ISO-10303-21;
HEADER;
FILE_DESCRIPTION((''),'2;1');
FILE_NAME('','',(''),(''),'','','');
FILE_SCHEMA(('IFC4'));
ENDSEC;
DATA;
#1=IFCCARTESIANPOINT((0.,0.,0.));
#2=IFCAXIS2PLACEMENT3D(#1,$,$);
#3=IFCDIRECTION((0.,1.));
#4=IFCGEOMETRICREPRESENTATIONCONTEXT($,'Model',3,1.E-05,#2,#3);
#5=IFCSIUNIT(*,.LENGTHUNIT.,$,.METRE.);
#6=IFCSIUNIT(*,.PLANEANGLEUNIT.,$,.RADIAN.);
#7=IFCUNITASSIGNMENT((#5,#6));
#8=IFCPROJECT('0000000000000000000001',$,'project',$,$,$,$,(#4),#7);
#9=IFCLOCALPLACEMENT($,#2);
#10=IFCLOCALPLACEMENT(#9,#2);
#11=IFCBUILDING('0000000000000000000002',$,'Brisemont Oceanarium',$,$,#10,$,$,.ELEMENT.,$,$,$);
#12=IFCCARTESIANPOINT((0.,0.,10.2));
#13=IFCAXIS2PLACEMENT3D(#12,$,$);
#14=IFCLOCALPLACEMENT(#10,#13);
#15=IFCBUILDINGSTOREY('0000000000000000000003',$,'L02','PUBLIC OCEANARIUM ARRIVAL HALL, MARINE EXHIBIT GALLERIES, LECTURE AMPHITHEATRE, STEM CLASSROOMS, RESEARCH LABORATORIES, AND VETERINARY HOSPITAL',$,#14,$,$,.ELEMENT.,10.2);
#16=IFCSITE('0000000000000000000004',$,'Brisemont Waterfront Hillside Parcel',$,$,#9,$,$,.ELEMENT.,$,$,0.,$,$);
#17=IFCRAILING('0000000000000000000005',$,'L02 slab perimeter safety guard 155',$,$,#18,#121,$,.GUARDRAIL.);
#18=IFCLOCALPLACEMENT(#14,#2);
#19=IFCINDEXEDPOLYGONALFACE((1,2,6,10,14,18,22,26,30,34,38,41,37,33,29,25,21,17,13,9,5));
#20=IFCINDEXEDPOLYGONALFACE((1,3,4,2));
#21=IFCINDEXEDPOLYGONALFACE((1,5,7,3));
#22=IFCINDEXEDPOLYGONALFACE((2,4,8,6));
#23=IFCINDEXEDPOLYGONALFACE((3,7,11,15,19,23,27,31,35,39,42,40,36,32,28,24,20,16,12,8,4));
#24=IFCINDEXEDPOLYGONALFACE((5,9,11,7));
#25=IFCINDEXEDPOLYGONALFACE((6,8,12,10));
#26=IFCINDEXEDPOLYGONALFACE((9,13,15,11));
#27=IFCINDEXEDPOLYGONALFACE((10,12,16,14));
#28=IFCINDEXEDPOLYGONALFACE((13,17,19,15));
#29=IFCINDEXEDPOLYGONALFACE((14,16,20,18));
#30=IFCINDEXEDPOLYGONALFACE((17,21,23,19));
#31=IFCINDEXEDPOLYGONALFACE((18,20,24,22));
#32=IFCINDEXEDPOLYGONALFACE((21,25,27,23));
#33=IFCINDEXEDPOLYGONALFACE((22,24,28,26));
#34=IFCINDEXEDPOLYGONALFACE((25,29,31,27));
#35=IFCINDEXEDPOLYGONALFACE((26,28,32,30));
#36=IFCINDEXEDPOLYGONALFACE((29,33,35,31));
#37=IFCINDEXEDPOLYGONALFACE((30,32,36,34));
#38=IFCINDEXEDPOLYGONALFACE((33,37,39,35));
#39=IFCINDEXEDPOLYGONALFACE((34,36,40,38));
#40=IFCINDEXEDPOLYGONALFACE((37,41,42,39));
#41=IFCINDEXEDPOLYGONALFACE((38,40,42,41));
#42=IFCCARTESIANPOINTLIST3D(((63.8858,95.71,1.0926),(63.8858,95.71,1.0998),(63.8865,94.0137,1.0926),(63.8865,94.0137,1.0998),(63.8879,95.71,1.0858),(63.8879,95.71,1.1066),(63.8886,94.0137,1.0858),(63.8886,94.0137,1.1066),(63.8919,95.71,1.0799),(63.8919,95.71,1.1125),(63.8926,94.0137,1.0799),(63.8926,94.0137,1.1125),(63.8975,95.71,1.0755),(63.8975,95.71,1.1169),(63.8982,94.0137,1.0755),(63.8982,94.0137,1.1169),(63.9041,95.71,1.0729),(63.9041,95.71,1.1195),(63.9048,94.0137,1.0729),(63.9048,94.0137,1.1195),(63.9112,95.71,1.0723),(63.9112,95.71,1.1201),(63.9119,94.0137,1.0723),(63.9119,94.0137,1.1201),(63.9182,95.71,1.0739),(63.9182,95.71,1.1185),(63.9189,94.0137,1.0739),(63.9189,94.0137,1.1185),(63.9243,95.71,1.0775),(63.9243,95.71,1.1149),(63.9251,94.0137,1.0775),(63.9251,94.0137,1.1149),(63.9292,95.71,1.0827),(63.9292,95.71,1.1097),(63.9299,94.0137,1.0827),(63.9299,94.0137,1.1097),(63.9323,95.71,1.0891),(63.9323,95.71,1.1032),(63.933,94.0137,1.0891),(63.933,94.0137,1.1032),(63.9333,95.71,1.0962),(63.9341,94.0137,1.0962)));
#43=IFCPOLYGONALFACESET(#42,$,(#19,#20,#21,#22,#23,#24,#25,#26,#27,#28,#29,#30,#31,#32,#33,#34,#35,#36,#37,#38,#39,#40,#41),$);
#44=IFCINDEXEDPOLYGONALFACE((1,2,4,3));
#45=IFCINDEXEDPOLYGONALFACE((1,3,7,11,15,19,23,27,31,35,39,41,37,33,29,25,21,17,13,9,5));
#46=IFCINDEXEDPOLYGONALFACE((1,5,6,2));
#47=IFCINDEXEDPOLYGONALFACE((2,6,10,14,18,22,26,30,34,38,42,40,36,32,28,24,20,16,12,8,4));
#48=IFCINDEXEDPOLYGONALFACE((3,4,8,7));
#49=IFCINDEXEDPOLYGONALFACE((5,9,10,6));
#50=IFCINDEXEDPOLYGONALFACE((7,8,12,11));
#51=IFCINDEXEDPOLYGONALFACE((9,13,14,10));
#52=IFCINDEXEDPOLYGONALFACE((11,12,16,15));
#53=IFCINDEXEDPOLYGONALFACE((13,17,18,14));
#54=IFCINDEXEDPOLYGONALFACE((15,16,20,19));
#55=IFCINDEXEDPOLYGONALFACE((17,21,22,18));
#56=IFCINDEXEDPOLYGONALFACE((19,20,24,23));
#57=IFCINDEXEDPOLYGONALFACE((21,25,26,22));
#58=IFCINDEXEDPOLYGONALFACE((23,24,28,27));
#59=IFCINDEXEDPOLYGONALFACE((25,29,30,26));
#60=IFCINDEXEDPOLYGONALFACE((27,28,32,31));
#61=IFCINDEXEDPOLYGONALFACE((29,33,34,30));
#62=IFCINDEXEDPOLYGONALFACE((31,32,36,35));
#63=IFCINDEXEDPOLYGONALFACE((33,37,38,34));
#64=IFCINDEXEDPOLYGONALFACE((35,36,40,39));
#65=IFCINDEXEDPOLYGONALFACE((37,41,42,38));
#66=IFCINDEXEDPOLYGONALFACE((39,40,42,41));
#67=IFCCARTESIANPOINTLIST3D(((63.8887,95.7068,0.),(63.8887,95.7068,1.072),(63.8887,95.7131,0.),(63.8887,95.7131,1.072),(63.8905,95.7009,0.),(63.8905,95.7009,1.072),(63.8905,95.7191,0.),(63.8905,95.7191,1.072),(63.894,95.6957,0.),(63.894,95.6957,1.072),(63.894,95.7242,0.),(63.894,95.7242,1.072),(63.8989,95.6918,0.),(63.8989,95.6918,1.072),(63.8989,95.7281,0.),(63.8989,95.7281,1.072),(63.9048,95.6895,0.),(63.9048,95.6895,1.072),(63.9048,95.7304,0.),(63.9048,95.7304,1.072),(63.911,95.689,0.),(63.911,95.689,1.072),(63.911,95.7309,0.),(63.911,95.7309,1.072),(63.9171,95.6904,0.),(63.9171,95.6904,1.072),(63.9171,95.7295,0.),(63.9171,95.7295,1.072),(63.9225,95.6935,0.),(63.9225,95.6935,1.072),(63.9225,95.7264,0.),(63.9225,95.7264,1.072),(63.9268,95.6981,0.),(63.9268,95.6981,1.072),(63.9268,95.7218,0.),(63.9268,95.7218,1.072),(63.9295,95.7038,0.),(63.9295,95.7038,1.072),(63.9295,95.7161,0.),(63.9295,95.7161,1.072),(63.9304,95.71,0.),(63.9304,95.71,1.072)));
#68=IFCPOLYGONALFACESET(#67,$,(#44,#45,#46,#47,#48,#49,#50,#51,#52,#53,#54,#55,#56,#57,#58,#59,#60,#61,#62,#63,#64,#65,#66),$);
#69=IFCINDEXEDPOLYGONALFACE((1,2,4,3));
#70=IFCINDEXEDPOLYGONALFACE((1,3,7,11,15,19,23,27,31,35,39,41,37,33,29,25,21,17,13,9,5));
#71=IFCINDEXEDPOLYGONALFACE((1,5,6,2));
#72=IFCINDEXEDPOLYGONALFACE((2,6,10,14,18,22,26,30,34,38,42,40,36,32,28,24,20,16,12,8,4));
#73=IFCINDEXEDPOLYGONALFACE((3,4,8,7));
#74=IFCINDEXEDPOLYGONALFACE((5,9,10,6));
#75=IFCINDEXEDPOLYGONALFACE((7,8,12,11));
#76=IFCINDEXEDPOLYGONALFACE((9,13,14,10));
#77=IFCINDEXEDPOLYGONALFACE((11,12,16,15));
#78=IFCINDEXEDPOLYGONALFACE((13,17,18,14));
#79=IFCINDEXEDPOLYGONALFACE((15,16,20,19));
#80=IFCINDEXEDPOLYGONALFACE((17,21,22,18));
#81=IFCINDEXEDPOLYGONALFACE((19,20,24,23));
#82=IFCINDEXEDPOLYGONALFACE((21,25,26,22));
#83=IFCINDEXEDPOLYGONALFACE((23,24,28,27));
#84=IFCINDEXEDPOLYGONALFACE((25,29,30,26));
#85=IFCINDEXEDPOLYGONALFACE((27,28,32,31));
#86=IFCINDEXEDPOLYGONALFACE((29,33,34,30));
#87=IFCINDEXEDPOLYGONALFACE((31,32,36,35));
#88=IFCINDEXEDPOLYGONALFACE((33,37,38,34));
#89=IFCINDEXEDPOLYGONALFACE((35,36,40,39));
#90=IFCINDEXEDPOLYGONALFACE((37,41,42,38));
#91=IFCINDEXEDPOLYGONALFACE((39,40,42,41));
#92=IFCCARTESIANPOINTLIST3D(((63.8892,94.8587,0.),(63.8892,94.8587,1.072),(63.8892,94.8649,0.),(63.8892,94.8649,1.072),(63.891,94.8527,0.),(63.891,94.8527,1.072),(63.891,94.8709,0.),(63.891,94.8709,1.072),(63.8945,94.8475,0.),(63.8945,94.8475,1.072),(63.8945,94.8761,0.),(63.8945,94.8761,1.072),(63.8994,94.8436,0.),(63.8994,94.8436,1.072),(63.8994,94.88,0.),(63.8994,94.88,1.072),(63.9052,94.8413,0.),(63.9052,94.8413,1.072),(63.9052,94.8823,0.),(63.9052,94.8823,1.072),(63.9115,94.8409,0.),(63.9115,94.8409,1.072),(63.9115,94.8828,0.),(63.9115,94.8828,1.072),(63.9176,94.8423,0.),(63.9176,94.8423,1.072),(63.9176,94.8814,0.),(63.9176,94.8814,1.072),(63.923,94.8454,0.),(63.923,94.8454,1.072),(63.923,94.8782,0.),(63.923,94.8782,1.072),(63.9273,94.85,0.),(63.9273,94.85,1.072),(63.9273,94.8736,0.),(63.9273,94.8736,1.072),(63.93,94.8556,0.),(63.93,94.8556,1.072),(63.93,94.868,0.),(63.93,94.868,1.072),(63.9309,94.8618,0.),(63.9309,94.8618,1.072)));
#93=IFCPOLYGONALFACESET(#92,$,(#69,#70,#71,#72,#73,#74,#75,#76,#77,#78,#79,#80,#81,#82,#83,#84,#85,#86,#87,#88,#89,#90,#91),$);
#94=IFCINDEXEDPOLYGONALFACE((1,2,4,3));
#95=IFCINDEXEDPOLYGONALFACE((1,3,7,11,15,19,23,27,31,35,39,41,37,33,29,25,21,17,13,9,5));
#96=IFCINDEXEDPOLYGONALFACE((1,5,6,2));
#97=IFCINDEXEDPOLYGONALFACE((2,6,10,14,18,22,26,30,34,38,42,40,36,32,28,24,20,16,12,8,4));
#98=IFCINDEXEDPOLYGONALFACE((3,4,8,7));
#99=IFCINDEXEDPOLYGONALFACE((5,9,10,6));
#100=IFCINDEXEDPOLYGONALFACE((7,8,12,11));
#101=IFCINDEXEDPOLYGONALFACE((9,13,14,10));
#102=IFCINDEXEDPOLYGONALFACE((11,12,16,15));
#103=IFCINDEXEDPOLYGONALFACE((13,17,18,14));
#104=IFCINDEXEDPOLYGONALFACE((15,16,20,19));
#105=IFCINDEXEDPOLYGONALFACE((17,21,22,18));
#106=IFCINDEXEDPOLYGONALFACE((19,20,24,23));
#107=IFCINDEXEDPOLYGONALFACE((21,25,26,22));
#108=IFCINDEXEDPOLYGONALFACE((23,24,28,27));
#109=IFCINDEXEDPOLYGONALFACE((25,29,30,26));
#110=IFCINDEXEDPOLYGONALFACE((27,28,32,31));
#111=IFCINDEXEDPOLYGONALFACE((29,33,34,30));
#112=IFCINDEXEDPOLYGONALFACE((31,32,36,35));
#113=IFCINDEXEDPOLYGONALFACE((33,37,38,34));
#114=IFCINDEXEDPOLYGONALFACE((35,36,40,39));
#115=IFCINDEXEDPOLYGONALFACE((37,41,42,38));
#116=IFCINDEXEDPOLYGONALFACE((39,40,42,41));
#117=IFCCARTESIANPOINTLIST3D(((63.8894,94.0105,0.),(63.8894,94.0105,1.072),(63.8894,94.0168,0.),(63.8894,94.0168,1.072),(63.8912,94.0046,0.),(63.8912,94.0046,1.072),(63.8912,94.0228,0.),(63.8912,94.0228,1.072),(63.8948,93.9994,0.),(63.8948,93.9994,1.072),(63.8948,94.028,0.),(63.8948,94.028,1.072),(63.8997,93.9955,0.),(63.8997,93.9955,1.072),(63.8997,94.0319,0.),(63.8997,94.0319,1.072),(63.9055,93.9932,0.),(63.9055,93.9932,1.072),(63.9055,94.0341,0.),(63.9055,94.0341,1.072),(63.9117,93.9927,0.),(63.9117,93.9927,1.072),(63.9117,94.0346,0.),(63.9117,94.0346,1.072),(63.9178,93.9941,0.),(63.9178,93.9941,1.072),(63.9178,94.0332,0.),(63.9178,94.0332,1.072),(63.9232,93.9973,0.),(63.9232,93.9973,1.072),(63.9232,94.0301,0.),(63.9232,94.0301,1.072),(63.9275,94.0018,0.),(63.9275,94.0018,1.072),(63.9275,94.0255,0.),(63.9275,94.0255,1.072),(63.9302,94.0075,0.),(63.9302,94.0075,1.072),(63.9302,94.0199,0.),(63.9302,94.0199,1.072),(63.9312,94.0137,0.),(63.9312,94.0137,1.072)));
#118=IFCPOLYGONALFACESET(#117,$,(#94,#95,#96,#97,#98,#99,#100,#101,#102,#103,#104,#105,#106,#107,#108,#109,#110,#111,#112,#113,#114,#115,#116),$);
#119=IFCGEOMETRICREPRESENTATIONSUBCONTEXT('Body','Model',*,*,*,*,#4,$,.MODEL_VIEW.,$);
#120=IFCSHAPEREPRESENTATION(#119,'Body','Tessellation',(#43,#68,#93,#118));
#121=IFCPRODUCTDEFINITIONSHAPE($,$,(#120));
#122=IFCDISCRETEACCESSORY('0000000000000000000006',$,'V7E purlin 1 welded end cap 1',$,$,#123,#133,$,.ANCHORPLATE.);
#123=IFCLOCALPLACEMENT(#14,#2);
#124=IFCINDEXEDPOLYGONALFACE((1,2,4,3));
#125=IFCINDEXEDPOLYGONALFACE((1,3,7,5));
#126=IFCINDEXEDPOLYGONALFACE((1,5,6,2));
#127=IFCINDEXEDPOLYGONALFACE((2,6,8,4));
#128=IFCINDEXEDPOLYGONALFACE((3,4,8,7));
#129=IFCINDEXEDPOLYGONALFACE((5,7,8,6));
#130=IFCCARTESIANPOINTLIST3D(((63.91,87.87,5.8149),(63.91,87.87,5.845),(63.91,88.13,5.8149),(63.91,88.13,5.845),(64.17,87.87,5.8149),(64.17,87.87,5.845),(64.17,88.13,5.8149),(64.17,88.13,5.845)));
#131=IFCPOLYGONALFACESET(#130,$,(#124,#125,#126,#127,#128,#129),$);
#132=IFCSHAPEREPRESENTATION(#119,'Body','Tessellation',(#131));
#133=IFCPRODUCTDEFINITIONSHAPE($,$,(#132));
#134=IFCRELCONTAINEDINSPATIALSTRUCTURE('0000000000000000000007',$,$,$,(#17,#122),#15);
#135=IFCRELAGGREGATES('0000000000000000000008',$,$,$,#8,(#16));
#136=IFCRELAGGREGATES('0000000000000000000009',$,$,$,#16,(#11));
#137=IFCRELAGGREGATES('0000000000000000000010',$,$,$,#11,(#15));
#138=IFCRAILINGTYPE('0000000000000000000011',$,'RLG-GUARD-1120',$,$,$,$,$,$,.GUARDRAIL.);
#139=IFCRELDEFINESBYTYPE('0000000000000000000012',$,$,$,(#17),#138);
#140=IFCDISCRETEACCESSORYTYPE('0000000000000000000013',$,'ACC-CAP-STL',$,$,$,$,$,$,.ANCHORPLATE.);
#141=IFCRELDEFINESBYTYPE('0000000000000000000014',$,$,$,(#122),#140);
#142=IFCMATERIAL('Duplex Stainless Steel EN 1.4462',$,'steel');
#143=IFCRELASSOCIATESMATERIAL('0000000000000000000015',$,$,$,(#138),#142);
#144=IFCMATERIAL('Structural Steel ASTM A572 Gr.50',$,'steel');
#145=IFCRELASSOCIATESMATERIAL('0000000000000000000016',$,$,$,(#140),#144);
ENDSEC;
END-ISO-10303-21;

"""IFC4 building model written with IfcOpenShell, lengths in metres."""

from ifc_helpers import new_model, si_unit, direction, frame, origin, origin_2d, place, context, subcontext, project, spatial, rectangle, circle, extrude, material, type_object, element, save


model = new_model("IFC4")

# Units and contexts
model_context = context("Model", 3, precision=1e-05, world=origin(), true_north=direction((0.0, 1.0)))
body_context = subcontext(model_context, "Body", "Model", "MODEL_VIEW")
ifc_project = project(units=[si_unit("LENGTHUNIT", "METRE"), si_unit("PLANEANGLEUNIT", "RADIAN")], contexts=[model_context])

# Site, building, storey
site_placement = place(None, origin())
site = spatial("IfcSite", under=ifc_project, at=site_placement, Name="Brisemont Waterfront Hillside Parcel", CompositionType="ELEMENT", RefElevation=0.0)
building_placement = place(site_placement, origin())
building = spatial("IfcBuilding", under=site, at=building_placement, Name="Brisemont Oceanarium", CompositionType="ELEMENT")
storey_placement = place(building_placement, frame((0.0, 0.0, 10.2)))
storey = spatial("IfcBuildingStorey", under=building, at=storey_placement, Name="L02", Description="PUBLIC OCEANARIUM ARRIVAL HALL, MARINE EXHIBIT GALLERIES, LECTURE AMPHITHEATRE, STEM CLASSROOMS, RESEARCH LABORATORIES, AND VETERINARY HOSPITAL", CompositionType="ELEMENT", Elevation=10.2)

# Railing
ifc_material_1 = material(Name="Duplex Stainless Steel EN 1.4462", Category="steel")
railing_type = type_object("IfcRailingType", Name="RLG-GUARD-1120", PredefinedType="GUARDRAIL", material=ifc_material_1)
railing_1_placement = place(storey_placement, frame((63.9094, 95.71, 0.0)))
element("IfcRailing", 1, at=railing_1_placement, inside=storey, type_object=railing_type, Name="L02 slab perimeter safety guard 155", PredefinedType="GUARDRAIL", context=body_context, shape_type="SweptSolid", body=[
    extrude(circle(Radius=0.0239, at=origin_2d()), frame((0.0, 0.0, 1.0962), z_axis=(0.000432, -1.0, 0.0), x_axis=(1.0, 0.000432, 0.0)), (0.0, 0.0, 1.0), 1.6963),
    extrude(circle(Radius=0.021, at=origin_2d()), origin(), (0.0, 0.0, 1.0), 1.072),
    extrude(circle(Radius=0.021, at=origin_2d()), frame((0.0005, -0.8481, 0.0)), (0.0, 0.0, 1.0), 1.072),
    extrude(circle(Radius=0.021, at=origin_2d()), frame((0.0007, -1.6963, 0.0)), (0.0, 0.0, 1.0), 1.072),
])

# Discrete accessory
ifc_material_2 = material(Name="Structural Steel ASTM A572 Gr.50", Category="steel")
discrete_accessory_type = type_object("IfcDiscreteAccessoryType", Name="ACC-CAP-STL", PredefinedType="ANCHORPLATE", material=ifc_material_2)
discrete_accessory_placement = place(storey_placement, frame((64.04, 88.0, 5.8149), z_axis=(0.0, 0.0, 1.0), x_axis=(1.0, 0.0, 0.0)))
element("IfcDiscreteAccessory", 2, at=discrete_accessory_placement, inside=storey, type_object=discrete_accessory_type, Name="V7E purlin 1 welded end cap 1", PredefinedType="ANCHORPLATE", context=body_context, shape_type="SweptSolid", body=[
    extrude(rectangle(XDim=0.26, YDim=0.26, at=origin_2d()), origin(), (0.0, 0.0, 1.0), 0.03),
])

save(model, "model.ifc")
